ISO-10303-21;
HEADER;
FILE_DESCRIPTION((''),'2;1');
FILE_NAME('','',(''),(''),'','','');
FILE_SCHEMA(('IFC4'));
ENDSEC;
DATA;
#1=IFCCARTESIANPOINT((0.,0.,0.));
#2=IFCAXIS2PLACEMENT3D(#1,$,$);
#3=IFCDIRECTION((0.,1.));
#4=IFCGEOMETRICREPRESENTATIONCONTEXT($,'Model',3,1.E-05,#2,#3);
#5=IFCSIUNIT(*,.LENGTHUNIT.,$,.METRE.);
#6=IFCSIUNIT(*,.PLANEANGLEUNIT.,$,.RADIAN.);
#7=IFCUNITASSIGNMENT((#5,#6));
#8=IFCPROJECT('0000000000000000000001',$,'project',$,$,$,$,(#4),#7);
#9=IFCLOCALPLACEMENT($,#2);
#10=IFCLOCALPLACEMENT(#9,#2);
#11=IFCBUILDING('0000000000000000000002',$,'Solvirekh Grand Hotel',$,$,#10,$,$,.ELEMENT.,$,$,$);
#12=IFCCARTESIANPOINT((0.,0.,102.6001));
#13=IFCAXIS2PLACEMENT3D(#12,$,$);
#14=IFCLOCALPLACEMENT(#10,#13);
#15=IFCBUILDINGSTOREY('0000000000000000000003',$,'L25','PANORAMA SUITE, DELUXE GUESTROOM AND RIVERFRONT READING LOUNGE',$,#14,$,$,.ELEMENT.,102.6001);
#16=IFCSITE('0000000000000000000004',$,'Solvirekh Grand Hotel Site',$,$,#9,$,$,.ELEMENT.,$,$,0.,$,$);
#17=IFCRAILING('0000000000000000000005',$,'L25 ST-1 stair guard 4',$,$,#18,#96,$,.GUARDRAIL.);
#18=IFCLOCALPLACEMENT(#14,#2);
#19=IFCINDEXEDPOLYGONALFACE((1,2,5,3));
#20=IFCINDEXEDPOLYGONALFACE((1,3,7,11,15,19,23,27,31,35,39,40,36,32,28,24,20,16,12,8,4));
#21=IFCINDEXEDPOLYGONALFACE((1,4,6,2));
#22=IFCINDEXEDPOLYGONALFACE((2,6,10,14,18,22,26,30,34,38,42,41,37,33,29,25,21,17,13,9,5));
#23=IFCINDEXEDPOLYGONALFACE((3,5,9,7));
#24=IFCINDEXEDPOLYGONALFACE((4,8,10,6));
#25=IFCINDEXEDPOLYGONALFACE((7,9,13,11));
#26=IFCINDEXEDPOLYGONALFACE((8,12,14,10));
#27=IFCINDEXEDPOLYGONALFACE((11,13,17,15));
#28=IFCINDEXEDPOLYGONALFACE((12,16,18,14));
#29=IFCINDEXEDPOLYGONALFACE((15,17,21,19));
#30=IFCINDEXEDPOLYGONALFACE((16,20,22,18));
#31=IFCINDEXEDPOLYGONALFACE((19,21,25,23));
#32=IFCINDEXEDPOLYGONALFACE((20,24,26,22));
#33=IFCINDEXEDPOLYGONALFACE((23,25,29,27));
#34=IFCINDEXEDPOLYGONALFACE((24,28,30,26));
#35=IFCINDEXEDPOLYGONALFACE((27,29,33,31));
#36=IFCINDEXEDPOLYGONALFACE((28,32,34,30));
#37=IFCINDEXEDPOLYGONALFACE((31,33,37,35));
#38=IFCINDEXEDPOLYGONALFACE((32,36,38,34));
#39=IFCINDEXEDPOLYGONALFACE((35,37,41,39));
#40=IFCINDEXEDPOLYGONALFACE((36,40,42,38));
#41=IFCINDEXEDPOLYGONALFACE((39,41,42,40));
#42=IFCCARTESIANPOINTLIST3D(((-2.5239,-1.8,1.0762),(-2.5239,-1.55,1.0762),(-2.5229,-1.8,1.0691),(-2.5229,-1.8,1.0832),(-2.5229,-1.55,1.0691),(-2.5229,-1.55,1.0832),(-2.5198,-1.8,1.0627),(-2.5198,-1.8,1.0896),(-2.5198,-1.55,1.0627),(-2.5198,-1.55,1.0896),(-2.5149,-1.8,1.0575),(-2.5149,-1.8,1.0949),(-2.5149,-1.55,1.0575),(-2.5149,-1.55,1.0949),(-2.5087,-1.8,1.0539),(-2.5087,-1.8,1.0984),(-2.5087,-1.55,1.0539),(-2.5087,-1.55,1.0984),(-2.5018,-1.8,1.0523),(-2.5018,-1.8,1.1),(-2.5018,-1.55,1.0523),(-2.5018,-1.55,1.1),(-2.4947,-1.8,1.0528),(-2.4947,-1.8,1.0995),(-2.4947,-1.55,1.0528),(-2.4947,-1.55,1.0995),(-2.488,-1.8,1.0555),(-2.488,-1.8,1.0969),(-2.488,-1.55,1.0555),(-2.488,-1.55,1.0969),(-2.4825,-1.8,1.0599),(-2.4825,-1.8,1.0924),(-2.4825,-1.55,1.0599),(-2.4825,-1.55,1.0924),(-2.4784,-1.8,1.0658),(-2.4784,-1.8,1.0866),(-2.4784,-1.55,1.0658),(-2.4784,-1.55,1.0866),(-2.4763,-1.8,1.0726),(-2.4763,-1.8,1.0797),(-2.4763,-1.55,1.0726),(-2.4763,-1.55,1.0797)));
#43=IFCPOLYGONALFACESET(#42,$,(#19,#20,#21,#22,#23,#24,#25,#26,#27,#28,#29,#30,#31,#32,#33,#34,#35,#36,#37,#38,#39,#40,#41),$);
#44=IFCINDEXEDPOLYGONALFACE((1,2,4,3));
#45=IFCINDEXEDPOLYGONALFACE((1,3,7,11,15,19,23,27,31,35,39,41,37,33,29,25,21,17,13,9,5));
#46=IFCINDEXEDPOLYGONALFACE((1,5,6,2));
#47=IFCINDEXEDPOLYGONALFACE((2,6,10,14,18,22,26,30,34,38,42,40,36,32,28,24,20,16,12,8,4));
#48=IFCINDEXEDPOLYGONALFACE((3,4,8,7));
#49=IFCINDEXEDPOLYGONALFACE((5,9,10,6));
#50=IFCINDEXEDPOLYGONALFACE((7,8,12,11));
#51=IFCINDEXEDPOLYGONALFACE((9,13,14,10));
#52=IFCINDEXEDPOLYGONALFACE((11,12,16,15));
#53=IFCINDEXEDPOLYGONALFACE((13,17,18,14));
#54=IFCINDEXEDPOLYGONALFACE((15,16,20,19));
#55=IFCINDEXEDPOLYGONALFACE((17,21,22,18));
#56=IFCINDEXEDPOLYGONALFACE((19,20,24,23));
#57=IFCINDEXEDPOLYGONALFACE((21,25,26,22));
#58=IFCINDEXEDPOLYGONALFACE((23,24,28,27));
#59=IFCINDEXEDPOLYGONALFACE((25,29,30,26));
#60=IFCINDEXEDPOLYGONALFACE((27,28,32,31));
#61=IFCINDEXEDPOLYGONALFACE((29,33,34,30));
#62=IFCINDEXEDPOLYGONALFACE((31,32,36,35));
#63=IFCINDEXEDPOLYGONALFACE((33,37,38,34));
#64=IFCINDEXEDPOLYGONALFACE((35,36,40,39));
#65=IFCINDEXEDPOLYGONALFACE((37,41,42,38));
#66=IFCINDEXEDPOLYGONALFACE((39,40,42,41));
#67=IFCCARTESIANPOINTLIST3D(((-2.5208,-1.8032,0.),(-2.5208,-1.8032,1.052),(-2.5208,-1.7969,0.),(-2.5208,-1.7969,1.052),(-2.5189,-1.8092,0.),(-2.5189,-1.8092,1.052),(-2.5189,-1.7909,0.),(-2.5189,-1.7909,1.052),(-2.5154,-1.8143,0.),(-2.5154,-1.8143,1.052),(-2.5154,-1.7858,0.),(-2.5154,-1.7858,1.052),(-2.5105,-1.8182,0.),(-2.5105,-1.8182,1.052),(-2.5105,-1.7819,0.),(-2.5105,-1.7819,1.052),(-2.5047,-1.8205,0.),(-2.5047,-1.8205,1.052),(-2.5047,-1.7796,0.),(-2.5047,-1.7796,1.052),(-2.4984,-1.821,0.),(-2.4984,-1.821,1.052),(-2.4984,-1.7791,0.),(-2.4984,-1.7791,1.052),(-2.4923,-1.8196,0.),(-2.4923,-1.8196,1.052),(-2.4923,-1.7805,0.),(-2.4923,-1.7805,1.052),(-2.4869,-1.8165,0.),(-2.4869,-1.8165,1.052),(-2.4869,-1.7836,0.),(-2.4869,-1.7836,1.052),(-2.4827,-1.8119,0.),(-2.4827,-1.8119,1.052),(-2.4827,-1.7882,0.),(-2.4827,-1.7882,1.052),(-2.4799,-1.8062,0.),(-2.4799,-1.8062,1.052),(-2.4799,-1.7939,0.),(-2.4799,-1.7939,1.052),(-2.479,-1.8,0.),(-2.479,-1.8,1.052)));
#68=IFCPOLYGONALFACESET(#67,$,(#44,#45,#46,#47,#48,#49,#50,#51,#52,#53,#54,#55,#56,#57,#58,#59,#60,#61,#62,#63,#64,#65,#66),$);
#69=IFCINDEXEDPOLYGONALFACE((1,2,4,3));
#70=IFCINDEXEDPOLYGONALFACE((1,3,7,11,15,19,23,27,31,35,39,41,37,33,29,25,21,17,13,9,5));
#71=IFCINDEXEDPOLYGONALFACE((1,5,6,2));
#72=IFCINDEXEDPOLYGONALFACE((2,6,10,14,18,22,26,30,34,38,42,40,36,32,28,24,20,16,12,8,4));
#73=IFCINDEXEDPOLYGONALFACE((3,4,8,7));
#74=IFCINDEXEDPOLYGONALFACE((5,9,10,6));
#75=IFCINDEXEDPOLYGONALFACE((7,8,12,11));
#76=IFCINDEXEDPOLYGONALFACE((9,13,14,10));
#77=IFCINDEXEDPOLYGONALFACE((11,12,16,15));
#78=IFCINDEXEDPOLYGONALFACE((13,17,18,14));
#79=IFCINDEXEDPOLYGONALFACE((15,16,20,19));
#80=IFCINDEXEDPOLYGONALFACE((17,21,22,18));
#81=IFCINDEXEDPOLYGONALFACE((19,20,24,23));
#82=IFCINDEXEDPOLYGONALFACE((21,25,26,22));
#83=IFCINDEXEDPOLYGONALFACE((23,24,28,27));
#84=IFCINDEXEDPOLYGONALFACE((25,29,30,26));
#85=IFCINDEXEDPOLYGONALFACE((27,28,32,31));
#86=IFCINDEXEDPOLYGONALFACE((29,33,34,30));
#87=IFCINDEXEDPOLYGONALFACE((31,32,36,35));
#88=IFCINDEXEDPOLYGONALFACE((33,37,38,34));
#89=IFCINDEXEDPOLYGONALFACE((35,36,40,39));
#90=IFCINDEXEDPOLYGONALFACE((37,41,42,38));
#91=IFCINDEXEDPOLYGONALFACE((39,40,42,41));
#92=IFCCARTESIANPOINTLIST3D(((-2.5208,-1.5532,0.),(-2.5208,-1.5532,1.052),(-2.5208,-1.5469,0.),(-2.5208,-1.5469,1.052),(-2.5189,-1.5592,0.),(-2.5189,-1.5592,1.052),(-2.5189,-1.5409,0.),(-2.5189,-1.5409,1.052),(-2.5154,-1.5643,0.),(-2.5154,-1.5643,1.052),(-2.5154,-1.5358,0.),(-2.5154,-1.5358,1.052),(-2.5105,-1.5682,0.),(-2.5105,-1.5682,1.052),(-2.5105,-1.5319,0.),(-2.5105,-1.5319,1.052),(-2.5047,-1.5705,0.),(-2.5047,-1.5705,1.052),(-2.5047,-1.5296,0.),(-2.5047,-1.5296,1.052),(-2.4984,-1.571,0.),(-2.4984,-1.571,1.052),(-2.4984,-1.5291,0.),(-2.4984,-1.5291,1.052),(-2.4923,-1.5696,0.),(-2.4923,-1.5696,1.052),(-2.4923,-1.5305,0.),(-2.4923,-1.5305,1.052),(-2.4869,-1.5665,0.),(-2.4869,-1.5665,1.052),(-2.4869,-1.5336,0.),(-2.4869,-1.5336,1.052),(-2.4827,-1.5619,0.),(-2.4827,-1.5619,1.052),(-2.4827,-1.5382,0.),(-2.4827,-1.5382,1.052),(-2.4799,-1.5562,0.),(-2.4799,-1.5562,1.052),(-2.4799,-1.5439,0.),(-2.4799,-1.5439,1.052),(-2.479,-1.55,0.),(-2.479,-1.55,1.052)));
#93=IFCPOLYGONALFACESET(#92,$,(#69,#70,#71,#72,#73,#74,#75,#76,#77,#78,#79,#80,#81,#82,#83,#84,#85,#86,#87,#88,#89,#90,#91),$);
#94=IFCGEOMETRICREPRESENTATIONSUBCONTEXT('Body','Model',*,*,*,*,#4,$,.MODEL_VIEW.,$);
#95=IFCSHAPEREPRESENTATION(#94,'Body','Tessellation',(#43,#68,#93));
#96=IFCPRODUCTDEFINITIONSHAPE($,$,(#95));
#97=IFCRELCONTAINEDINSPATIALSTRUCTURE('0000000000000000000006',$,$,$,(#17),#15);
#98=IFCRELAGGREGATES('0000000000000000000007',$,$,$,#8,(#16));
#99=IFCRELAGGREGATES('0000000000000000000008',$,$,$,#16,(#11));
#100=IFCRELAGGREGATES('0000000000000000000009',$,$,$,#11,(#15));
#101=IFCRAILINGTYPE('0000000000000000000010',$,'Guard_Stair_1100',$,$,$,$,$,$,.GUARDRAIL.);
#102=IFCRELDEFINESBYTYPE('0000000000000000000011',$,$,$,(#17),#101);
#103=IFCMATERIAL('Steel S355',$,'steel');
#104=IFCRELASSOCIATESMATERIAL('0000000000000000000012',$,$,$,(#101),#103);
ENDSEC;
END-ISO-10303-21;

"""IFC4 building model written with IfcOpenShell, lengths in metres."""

from ifc_helpers import new_model, si_unit, direction, frame, origin, origin_2d, place, context, subcontext, project, spatial, circle, extrude, material, type_object, element, save


model = new_model("IFC4")

# Units and contexts
model_context = context("Model", 3, precision=1e-05, world=origin(), true_north=direction((0.0, 1.0)))
body_context = subcontext(model_context, "Body", "Model", "MODEL_VIEW")
ifc_project = project(units=[si_unit("LENGTHUNIT", "METRE"), si_unit("PLANEANGLEUNIT", "RADIAN")], contexts=[model_context])

# Site, building, storey
site_placement = place(None, origin())
site = spatial("IfcSite", under=ifc_project, at=site_placement, Name="Solvirekh Grand Hotel Site", CompositionType="ELEMENT", RefElevation=0.0)
building_placement = place(site_placement, origin())
building = spatial("IfcBuilding", under=site, at=building_placement, Name="Solvirekh Grand Hotel", CompositionType="ELEMENT")
storey_placement = place(building_placement, frame((0.0, 0.0, 102.6001)))
storey = spatial("IfcBuildingStorey", under=building, at=storey_placement, Name="L25", Description="PANORAMA SUITE, DELUXE GUESTROOM AND RIVERFRONT READING LOUNGE", CompositionType="ELEMENT", Elevation=102.6001)

# Railing
ifc_material_1 = material(Name="Steel S355", Category="steel")
railing_type_1 = type_object("IfcRailingType", Name="Guard_Stair_1100", PredefinedType="GUARDRAIL", material=ifc_material_1)
railing_1_placement = place(storey_placement, frame((-2.5, -1.8, 0.0)))
element("IfcRailing", 1, at=railing_1_placement, inside=storey, type_object=railing_type_1, Name="L25 ST-1 stair guard 4", PredefinedType="GUARDRAIL", context=body_context, shape_type="SweptSolid", body=[
    extrude(circle(Radius=0.0239, at=origin_2d()), frame((0.0, 0.0, 1.0762), z_axis=(0.0, 1.0, 0.0), x_axis=(-1.0, 0.0, 0.0)), (0.0, 0.0, 1.0), 0.25),
    extrude(circle(Radius=0.021, at=origin_2d()), origin(), (0.0, 0.0, 1.0), 1.052),
    extrude(circle(Radius=0.021, at=origin_2d()), frame((0.0, 0.25, 0.0)), (0.0, 0.0, 1.0), 1.052),
])

save(model, "model.ifc")
